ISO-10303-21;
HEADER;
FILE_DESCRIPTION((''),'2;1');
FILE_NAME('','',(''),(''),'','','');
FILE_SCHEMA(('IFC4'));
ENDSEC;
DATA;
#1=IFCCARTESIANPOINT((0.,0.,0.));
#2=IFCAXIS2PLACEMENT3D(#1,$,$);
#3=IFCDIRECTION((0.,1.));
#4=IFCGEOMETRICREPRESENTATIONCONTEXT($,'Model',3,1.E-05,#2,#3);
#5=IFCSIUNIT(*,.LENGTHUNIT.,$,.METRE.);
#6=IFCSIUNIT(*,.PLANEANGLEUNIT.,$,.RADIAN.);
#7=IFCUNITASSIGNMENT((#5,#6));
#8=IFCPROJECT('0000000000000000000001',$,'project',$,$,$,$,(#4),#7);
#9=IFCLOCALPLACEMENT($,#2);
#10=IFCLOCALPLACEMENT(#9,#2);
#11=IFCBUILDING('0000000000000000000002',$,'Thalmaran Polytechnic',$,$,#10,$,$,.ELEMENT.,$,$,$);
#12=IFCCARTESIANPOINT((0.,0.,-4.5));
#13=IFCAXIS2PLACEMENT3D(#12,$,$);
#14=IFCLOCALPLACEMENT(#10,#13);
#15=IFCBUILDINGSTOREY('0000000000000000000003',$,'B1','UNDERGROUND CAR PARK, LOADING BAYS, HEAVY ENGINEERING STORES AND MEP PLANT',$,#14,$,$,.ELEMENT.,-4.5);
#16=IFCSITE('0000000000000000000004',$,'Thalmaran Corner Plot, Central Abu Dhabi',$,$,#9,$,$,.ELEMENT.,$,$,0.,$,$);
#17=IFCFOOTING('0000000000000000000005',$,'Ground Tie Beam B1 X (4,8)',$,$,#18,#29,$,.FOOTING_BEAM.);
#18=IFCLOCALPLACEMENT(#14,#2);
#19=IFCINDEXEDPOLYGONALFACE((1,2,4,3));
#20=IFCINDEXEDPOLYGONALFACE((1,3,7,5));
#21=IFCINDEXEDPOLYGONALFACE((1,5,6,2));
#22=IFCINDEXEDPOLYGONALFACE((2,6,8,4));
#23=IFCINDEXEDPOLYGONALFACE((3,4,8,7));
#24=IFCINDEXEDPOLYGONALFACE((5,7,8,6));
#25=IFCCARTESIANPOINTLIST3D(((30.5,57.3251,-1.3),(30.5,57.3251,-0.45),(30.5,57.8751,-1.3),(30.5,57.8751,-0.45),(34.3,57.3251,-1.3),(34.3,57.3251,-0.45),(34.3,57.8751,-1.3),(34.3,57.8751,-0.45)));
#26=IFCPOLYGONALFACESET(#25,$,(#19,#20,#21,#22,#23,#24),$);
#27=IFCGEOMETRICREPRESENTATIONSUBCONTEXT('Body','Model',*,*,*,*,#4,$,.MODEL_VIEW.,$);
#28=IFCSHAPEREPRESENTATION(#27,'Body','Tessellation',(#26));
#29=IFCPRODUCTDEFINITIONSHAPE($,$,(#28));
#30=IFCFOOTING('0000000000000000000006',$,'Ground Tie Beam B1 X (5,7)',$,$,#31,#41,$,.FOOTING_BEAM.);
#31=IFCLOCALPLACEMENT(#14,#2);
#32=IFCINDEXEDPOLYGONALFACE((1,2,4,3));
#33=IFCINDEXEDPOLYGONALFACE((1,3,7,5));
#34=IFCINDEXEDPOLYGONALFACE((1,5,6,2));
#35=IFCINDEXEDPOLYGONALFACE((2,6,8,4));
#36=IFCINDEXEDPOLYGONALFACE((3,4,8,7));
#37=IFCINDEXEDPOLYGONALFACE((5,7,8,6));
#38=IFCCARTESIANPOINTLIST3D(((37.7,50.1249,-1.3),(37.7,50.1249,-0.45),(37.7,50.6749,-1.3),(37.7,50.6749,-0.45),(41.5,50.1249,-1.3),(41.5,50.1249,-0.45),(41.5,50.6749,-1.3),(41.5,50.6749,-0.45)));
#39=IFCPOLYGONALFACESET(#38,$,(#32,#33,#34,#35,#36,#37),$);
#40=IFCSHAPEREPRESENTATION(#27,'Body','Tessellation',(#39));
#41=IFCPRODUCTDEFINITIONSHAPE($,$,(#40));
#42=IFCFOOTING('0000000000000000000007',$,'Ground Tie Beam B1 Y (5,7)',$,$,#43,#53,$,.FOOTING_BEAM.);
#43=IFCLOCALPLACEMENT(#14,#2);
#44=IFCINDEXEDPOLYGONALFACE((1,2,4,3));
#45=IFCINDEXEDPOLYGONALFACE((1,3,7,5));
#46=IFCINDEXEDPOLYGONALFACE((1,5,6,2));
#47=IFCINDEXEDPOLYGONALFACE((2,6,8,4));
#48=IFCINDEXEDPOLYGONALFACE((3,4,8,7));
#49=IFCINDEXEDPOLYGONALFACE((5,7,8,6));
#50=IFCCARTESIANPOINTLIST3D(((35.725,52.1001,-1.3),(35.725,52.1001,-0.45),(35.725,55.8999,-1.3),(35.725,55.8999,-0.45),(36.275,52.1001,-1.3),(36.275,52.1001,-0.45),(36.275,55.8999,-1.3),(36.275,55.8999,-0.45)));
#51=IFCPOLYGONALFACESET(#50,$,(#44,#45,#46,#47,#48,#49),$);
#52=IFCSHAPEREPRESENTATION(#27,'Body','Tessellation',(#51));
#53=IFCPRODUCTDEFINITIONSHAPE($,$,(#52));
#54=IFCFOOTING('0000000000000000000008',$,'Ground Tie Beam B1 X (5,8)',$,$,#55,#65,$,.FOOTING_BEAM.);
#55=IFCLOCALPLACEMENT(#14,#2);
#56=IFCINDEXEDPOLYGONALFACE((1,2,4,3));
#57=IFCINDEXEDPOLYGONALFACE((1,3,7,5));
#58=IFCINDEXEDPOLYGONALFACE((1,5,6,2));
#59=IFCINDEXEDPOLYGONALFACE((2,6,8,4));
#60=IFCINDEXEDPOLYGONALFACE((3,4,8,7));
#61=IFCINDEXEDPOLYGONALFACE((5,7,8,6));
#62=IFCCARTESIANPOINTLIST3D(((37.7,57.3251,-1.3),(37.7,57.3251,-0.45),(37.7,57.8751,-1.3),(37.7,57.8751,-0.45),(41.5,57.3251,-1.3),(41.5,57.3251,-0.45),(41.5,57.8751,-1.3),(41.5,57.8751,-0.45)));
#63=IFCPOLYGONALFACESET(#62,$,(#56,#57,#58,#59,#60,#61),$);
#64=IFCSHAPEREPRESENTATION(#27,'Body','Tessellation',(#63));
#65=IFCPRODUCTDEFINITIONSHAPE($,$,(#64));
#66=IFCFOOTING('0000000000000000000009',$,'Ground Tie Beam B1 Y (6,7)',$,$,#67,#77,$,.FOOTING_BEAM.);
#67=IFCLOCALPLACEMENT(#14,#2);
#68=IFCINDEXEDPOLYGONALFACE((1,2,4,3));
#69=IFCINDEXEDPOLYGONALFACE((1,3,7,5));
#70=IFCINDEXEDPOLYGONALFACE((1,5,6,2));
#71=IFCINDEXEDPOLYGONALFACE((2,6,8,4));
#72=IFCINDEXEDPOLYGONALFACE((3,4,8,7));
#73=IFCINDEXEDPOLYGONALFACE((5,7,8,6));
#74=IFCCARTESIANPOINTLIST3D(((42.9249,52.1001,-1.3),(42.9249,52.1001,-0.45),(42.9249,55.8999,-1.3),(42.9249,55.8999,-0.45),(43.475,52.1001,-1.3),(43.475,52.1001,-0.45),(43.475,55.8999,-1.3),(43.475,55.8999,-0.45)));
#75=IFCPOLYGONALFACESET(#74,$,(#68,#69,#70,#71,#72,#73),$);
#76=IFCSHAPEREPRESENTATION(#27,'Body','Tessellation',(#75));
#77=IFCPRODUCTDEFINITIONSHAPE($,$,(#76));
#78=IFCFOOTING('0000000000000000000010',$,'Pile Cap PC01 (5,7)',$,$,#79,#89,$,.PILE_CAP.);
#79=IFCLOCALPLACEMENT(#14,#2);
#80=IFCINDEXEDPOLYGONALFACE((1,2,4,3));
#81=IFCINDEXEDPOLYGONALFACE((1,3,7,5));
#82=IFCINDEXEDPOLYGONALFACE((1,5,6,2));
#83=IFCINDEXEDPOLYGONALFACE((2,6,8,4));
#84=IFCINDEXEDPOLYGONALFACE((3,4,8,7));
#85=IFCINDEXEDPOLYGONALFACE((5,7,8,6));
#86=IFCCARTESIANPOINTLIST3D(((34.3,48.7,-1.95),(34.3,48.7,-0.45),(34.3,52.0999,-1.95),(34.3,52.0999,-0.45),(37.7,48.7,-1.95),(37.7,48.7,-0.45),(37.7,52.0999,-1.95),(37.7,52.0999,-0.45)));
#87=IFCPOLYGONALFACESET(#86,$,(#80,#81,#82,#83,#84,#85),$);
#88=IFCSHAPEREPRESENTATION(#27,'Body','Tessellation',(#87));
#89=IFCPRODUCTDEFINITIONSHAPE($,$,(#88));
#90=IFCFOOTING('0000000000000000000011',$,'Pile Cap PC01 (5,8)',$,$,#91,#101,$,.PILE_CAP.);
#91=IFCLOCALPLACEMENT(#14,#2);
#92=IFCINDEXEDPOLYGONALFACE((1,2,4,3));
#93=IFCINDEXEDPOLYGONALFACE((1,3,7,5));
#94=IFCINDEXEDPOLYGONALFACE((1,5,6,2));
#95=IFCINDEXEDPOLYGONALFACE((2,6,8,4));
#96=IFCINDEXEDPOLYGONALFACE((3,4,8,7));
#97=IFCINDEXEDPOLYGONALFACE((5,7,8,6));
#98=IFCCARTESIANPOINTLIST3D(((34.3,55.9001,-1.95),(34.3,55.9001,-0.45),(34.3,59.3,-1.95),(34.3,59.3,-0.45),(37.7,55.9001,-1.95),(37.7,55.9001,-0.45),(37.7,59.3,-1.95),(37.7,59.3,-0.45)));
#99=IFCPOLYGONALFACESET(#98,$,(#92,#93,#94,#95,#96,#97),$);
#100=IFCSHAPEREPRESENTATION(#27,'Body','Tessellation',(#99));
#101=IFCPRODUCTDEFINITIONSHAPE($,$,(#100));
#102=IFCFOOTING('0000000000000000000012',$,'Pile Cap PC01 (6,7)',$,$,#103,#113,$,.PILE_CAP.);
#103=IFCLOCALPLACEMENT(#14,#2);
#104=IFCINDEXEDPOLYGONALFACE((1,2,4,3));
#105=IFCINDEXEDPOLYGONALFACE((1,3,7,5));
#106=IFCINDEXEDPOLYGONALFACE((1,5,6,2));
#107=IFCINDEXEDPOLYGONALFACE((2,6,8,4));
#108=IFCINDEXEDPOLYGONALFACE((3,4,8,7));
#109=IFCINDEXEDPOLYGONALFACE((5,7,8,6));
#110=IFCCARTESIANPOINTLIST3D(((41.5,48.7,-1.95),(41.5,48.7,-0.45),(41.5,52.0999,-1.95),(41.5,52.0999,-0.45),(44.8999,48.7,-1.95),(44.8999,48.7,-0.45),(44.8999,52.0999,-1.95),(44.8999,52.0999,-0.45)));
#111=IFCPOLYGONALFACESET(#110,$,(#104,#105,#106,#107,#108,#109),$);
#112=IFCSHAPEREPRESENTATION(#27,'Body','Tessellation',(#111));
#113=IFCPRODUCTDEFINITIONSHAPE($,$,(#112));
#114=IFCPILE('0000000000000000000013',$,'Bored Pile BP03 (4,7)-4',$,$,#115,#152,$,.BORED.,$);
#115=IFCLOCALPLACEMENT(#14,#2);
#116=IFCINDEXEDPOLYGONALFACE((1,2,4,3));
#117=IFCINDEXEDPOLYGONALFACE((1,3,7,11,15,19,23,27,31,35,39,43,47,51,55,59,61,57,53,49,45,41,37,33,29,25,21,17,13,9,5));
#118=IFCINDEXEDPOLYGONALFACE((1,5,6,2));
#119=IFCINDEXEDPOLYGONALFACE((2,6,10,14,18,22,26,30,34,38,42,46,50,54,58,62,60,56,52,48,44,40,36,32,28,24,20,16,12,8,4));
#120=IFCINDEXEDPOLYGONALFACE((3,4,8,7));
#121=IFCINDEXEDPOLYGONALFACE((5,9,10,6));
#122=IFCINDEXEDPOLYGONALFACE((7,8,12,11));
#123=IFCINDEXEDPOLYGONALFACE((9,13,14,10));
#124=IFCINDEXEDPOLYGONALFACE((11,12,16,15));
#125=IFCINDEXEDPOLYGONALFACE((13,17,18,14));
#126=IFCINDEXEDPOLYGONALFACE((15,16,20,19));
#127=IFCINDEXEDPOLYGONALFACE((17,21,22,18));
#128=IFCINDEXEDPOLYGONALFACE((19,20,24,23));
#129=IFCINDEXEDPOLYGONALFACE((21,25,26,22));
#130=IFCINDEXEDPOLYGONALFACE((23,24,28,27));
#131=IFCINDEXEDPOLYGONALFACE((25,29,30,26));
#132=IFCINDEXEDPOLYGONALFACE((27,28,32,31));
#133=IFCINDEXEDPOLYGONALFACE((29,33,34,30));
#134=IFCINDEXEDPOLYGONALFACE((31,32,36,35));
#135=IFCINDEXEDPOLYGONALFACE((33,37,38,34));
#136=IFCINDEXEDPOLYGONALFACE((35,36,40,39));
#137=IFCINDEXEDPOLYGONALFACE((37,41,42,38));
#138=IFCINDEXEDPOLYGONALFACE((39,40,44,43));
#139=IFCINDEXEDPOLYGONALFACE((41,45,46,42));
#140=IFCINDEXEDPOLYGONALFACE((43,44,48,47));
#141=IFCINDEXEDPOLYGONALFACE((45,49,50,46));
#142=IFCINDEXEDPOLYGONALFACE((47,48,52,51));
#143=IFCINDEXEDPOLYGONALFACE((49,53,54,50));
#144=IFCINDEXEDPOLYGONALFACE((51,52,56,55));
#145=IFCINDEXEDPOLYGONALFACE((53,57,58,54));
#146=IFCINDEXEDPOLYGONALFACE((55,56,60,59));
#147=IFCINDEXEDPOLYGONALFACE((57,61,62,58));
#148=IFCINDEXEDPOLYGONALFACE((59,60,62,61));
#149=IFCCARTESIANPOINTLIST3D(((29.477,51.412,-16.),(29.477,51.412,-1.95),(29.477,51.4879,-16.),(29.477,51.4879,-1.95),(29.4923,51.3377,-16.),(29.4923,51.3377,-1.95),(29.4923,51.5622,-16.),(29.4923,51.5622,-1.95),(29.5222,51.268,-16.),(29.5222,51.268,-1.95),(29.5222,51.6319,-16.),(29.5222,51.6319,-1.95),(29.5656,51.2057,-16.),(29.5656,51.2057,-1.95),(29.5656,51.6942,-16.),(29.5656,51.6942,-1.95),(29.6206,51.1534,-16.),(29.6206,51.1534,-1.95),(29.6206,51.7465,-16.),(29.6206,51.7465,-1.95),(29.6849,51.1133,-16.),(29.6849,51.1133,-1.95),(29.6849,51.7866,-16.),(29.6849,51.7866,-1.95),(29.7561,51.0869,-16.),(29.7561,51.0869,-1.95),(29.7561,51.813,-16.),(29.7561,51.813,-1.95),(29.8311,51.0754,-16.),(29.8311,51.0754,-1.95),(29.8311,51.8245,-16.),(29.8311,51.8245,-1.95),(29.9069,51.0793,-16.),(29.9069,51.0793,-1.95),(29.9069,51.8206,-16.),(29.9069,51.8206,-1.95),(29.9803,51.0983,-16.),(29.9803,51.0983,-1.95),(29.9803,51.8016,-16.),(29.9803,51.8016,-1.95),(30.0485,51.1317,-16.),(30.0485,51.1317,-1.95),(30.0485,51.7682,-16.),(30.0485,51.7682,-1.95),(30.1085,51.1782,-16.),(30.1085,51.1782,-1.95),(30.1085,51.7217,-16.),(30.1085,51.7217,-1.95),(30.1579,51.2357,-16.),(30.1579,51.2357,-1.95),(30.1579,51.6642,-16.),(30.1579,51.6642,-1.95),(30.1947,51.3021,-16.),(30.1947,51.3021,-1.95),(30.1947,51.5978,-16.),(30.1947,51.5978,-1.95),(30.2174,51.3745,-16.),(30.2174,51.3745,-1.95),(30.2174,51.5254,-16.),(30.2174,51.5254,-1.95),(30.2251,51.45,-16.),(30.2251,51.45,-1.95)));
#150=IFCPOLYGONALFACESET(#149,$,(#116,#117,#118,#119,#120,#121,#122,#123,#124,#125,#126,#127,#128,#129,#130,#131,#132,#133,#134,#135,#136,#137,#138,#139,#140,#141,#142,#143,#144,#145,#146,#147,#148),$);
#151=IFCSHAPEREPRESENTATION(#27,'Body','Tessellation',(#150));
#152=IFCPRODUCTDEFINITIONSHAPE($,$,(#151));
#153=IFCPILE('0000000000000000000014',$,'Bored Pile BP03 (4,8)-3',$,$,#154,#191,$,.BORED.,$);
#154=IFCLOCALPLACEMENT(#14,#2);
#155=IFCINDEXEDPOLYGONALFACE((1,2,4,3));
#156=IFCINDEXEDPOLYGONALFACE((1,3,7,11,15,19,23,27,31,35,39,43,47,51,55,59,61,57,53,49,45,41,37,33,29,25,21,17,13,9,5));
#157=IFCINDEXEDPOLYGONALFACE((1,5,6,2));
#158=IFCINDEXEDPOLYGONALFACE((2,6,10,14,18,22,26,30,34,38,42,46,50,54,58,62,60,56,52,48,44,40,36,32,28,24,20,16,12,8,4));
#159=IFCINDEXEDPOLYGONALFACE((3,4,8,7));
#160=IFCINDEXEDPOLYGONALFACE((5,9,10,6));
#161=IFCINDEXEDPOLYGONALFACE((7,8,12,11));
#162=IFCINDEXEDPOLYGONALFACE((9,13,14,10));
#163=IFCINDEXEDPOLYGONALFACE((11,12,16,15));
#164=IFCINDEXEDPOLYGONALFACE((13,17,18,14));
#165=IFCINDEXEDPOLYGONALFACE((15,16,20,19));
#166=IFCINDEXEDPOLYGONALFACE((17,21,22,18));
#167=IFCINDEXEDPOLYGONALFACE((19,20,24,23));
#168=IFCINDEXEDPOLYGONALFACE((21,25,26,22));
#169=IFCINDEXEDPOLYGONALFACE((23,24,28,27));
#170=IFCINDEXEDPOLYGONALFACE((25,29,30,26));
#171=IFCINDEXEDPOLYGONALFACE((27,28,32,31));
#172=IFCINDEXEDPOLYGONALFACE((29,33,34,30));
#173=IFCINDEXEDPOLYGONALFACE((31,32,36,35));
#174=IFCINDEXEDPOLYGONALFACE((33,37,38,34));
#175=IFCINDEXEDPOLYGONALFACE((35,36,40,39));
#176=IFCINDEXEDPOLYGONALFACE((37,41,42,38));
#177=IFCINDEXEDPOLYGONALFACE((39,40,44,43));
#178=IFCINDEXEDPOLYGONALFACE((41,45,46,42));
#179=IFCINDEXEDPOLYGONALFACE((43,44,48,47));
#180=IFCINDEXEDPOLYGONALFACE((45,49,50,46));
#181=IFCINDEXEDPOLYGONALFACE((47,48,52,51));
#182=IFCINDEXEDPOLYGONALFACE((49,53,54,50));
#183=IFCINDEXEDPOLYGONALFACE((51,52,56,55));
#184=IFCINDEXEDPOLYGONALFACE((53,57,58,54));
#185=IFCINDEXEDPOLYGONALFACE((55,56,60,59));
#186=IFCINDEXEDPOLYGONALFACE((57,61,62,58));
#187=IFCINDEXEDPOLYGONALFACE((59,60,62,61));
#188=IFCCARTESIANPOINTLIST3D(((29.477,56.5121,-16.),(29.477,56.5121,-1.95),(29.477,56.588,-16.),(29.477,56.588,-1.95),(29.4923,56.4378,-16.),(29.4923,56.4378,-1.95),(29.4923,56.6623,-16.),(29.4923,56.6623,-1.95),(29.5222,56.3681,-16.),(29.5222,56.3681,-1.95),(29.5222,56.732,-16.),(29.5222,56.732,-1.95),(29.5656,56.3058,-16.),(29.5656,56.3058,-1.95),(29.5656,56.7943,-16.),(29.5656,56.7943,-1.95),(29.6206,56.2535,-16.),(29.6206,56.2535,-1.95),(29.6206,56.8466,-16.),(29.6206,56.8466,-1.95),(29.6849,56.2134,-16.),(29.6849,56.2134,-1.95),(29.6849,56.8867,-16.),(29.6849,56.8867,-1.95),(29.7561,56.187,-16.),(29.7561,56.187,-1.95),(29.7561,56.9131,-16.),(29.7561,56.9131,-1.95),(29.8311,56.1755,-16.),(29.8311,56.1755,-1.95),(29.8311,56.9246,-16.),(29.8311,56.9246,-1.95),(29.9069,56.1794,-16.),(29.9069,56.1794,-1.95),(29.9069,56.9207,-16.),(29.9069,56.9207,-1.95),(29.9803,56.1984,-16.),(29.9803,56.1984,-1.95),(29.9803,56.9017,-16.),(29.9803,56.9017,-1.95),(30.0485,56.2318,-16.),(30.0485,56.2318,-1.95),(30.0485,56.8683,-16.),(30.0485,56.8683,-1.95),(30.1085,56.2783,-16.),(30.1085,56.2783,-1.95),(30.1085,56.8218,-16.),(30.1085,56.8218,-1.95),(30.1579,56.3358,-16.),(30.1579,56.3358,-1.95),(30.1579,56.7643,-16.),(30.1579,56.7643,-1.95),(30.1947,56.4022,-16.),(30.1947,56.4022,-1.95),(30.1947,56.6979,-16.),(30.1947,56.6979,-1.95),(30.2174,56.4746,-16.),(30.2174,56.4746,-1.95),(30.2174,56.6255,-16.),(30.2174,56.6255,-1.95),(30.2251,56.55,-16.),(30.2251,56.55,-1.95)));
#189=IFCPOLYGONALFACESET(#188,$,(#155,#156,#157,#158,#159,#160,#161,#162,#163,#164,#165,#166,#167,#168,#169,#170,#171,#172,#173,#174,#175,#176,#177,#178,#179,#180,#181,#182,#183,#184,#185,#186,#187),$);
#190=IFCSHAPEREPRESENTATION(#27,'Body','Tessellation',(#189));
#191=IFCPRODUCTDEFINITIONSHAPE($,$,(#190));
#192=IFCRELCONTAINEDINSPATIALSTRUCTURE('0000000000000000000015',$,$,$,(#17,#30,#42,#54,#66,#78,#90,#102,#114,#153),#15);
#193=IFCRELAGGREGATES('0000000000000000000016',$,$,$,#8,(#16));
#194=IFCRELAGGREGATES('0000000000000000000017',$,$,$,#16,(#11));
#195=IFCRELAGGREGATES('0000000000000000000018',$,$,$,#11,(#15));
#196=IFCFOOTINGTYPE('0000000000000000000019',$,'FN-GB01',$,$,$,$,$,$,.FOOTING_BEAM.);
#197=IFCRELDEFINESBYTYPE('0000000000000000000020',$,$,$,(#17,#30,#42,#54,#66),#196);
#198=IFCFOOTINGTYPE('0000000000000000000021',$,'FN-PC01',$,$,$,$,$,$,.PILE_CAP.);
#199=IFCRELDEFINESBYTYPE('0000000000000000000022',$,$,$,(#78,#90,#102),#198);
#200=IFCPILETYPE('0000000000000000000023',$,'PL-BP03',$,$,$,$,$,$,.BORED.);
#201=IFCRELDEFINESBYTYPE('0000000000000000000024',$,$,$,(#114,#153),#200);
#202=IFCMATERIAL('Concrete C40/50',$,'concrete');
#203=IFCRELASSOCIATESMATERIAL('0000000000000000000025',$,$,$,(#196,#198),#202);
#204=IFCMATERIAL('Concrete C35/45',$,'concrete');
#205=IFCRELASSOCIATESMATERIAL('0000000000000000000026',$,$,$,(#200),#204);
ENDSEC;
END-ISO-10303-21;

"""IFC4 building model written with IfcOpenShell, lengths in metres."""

from ifc_helpers import new_model, si_unit, direction, frame, origin, origin_2d, place, context, subcontext, project, spatial, rectangle, circle, extrude, material, material_profile, profile_set, type_object, element, save


model = new_model("IFC4")

# Units and contexts
model_context = context("Model", 3, precision=1e-05, world=origin(), true_north=direction((0.0, 1.0)))
body_context = subcontext(model_context, "Body", "Model", "MODEL_VIEW")
ifc_project = project(units=[si_unit("LENGTHUNIT", "METRE"), si_unit("PLANEANGLEUNIT", "RADIAN")], contexts=[model_context])

# Site, building, storey
site_placement = place(None, origin())
site = spatial("IfcSite", under=ifc_project, at=site_placement, Name="Thalmaran Corner Plot, Central Abu Dhabi", CompositionType="ELEMENT", RefElevation=0.0)
building_placement = place(site_placement, origin())
building = spatial("IfcBuilding", under=site, at=building_placement, Name="Thalmaran Polytechnic", CompositionType="ELEMENT")
storey_placement = place(building_placement, frame((0.0, 0.0, -4.5)))
storey = spatial("IfcBuildingStorey", under=building, at=storey_placement, Name="B1", Description="UNDERGROUND CAR PARK, LOADING BAYS, HEAVY ENGINEERING STORES AND MEP PLANT", CompositionType="ELEMENT", Elevation=-4.5)

# Footings
ifc_material_1 = material(Name="Concrete C40/50", Category="concrete")
ifc_material_profile_1 = material_profile(ifc_material_1, rectangle(XDim=0.55, YDim=0.8501, at=origin_2d()), Name="RC 550x850")
ifc_profile_set_1 = profile_set([ifc_material_profile_1], Name="Concrete C40/50")
footing_type_1 = type_object("IfcFootingType", Name="FN-GB01", PredefinedType="FOOTING_BEAM", material=ifc_profile_set_1)
for number, where, z_axis, x_axis, name in (
    (1, (30.5, 57.6001, -0.875), (1.0, 0.0, 0.0), (0.0, 1.0, 0.0), "Ground Tie Beam B1 X (4,8)"),
    (2, (37.7, 50.3999, -0.875), (1.0, 0.0, 0.0), (0.0, 1.0, 0.0), "Ground Tie Beam B1 X (5,7)"),
):
    element("IfcFooting", number, at=place(storey_placement, frame(where, z_axis=z_axis, x_axis=x_axis)), inside=storey, type_object=footing_type_1, Name=name, PredefinedType="FOOTING_BEAM", context=body_context, shape_type="SweptSolid", body=[
        extrude(rectangle(XDim=0.55, YDim=0.8501, at=origin_2d()), origin(), (0.0, 0.0, 1.0), 3.8),
    ])
footing_1_placement = place(storey_placement, frame((36.0, 52.1001, -0.875), z_axis=(0.0, 1.0, 0.0), x_axis=(-1.0, 0.0, 0.0)))
element("IfcFooting", 3, at=footing_1_placement, inside=storey, type_object=footing_type_1, Name="Ground Tie Beam B1 Y (5,7)", PredefinedType="FOOTING_BEAM", context=body_context, shape_type="SweptSolid", body=[
    extrude(rectangle(XDim=0.55, YDim=0.8501, at=origin_2d()), origin(), (0.0, 0.0, 1.0), 3.7998),
])
footing_2_placement = place(storey_placement, frame((37.7, 57.6001, -0.875), z_axis=(1.0, 0.0, 0.0), x_axis=(0.0, 1.0, 0.0)))
element("IfcFooting", 4, at=footing_2_placement, inside=storey, type_object=footing_type_1, Name="Ground Tie Beam B1 X (5,8)", PredefinedType="FOOTING_BEAM", context=body_context, shape_type="SweptSolid", body=[
    extrude(rectangle(XDim=0.55, YDim=0.8501, at=origin_2d()), origin(), (0.0, 0.0, 1.0), 3.8),
])
footing_3_placement = place(storey_placement, frame((43.2, 52.1001, -0.875), z_axis=(0.0, 1.0, 0.0), x_axis=(-1.0, 0.0, 0.0)))
element("IfcFooting", 5, at=footing_3_placement, inside=storey, type_object=footing_type_1, Name="Ground Tie Beam B1 Y (6,7)", PredefinedType="FOOTING_BEAM", context=body_context, shape_type="SweptSolid", body=[
    extrude(rectangle(XDim=0.55, YDim=0.8501, at=origin_2d()), origin(), (0.0, 0.0, 1.0), 3.7998),
])
footing_type_2 = type_object("IfcFootingType", Name="FN-PC01", PredefinedType="PILE_CAP", material=ifc_material_1)
for number, where, z_axis, x_axis, name in (
    (6, (36.0, 50.3999, -1.95), (0.0, 0.0, 1.0), (1.0, 0.0, 0.0), "Pile Cap PC01 (5,7)"),
    (7, (36.0, 57.6001, -1.95), (0.0, 0.0, 1.0), (1.0, 0.0, 0.0), "Pile Cap PC01 (5,8)"),
    (8, (43.2, 50.3999, -1.95), (0.0, 0.0, 1.0), (1.0, 0.0, 0.0), "Pile Cap PC01 (6,7)"),
):
    element("IfcFooting", number, at=place(storey_placement, frame(where, z_axis=z_axis, x_axis=x_axis)), inside=storey, type_object=footing_type_2, Name=name, PredefinedType="PILE_CAP", context=body_context, shape_type="SweptSolid", body=[
        extrude(rectangle(XDim=3.3999, YDim=3.3999, at=origin_2d()), origin(), (0.0, 0.0, 1.0), 1.5),
    ])

# Piles
ifc_material_2 = material(Name="Concrete C35/45", Category="concrete")
ifc_material_profile_2 = material_profile(ifc_material_2, circle(Radius=0.375, at=origin_2d()), Name="RC 750 DIA")
ifc_profile_set_2 = profile_set([ifc_material_profile_2], Name="Concrete C35/45")
pile_type = type_object("IfcPileType", Name="PL-BP03", PredefinedType="BORED", material=ifc_profile_set_2)
for number, where, z_axis, x_axis, name in (
    (9, (29.8501, 51.45, -1.95), (0.0, 0.0, -1.0), (1.0, 0.0, 0.0), "Bored Pile BP03 (4,7)-4"),
    (10, (29.8501, 56.55, -1.95), (0.0, 0.0, -1.0), (1.0, 0.0, 0.0), "Bored Pile BP03 (4,8)-3"),
):
    element("IfcPile", number, at=place(storey_placement, frame(where, z_axis=z_axis, x_axis=x_axis)), inside=storey, type_object=pile_type, Name=name, PredefinedType="BORED", context=body_context, shape_type="SweptSolid", body=[
        extrude(circle(Radius=0.375, at=origin_2d()), origin(), (0.0, 0.0, 1.0), 14.05),
    ])

save(model, "model.ifc")
